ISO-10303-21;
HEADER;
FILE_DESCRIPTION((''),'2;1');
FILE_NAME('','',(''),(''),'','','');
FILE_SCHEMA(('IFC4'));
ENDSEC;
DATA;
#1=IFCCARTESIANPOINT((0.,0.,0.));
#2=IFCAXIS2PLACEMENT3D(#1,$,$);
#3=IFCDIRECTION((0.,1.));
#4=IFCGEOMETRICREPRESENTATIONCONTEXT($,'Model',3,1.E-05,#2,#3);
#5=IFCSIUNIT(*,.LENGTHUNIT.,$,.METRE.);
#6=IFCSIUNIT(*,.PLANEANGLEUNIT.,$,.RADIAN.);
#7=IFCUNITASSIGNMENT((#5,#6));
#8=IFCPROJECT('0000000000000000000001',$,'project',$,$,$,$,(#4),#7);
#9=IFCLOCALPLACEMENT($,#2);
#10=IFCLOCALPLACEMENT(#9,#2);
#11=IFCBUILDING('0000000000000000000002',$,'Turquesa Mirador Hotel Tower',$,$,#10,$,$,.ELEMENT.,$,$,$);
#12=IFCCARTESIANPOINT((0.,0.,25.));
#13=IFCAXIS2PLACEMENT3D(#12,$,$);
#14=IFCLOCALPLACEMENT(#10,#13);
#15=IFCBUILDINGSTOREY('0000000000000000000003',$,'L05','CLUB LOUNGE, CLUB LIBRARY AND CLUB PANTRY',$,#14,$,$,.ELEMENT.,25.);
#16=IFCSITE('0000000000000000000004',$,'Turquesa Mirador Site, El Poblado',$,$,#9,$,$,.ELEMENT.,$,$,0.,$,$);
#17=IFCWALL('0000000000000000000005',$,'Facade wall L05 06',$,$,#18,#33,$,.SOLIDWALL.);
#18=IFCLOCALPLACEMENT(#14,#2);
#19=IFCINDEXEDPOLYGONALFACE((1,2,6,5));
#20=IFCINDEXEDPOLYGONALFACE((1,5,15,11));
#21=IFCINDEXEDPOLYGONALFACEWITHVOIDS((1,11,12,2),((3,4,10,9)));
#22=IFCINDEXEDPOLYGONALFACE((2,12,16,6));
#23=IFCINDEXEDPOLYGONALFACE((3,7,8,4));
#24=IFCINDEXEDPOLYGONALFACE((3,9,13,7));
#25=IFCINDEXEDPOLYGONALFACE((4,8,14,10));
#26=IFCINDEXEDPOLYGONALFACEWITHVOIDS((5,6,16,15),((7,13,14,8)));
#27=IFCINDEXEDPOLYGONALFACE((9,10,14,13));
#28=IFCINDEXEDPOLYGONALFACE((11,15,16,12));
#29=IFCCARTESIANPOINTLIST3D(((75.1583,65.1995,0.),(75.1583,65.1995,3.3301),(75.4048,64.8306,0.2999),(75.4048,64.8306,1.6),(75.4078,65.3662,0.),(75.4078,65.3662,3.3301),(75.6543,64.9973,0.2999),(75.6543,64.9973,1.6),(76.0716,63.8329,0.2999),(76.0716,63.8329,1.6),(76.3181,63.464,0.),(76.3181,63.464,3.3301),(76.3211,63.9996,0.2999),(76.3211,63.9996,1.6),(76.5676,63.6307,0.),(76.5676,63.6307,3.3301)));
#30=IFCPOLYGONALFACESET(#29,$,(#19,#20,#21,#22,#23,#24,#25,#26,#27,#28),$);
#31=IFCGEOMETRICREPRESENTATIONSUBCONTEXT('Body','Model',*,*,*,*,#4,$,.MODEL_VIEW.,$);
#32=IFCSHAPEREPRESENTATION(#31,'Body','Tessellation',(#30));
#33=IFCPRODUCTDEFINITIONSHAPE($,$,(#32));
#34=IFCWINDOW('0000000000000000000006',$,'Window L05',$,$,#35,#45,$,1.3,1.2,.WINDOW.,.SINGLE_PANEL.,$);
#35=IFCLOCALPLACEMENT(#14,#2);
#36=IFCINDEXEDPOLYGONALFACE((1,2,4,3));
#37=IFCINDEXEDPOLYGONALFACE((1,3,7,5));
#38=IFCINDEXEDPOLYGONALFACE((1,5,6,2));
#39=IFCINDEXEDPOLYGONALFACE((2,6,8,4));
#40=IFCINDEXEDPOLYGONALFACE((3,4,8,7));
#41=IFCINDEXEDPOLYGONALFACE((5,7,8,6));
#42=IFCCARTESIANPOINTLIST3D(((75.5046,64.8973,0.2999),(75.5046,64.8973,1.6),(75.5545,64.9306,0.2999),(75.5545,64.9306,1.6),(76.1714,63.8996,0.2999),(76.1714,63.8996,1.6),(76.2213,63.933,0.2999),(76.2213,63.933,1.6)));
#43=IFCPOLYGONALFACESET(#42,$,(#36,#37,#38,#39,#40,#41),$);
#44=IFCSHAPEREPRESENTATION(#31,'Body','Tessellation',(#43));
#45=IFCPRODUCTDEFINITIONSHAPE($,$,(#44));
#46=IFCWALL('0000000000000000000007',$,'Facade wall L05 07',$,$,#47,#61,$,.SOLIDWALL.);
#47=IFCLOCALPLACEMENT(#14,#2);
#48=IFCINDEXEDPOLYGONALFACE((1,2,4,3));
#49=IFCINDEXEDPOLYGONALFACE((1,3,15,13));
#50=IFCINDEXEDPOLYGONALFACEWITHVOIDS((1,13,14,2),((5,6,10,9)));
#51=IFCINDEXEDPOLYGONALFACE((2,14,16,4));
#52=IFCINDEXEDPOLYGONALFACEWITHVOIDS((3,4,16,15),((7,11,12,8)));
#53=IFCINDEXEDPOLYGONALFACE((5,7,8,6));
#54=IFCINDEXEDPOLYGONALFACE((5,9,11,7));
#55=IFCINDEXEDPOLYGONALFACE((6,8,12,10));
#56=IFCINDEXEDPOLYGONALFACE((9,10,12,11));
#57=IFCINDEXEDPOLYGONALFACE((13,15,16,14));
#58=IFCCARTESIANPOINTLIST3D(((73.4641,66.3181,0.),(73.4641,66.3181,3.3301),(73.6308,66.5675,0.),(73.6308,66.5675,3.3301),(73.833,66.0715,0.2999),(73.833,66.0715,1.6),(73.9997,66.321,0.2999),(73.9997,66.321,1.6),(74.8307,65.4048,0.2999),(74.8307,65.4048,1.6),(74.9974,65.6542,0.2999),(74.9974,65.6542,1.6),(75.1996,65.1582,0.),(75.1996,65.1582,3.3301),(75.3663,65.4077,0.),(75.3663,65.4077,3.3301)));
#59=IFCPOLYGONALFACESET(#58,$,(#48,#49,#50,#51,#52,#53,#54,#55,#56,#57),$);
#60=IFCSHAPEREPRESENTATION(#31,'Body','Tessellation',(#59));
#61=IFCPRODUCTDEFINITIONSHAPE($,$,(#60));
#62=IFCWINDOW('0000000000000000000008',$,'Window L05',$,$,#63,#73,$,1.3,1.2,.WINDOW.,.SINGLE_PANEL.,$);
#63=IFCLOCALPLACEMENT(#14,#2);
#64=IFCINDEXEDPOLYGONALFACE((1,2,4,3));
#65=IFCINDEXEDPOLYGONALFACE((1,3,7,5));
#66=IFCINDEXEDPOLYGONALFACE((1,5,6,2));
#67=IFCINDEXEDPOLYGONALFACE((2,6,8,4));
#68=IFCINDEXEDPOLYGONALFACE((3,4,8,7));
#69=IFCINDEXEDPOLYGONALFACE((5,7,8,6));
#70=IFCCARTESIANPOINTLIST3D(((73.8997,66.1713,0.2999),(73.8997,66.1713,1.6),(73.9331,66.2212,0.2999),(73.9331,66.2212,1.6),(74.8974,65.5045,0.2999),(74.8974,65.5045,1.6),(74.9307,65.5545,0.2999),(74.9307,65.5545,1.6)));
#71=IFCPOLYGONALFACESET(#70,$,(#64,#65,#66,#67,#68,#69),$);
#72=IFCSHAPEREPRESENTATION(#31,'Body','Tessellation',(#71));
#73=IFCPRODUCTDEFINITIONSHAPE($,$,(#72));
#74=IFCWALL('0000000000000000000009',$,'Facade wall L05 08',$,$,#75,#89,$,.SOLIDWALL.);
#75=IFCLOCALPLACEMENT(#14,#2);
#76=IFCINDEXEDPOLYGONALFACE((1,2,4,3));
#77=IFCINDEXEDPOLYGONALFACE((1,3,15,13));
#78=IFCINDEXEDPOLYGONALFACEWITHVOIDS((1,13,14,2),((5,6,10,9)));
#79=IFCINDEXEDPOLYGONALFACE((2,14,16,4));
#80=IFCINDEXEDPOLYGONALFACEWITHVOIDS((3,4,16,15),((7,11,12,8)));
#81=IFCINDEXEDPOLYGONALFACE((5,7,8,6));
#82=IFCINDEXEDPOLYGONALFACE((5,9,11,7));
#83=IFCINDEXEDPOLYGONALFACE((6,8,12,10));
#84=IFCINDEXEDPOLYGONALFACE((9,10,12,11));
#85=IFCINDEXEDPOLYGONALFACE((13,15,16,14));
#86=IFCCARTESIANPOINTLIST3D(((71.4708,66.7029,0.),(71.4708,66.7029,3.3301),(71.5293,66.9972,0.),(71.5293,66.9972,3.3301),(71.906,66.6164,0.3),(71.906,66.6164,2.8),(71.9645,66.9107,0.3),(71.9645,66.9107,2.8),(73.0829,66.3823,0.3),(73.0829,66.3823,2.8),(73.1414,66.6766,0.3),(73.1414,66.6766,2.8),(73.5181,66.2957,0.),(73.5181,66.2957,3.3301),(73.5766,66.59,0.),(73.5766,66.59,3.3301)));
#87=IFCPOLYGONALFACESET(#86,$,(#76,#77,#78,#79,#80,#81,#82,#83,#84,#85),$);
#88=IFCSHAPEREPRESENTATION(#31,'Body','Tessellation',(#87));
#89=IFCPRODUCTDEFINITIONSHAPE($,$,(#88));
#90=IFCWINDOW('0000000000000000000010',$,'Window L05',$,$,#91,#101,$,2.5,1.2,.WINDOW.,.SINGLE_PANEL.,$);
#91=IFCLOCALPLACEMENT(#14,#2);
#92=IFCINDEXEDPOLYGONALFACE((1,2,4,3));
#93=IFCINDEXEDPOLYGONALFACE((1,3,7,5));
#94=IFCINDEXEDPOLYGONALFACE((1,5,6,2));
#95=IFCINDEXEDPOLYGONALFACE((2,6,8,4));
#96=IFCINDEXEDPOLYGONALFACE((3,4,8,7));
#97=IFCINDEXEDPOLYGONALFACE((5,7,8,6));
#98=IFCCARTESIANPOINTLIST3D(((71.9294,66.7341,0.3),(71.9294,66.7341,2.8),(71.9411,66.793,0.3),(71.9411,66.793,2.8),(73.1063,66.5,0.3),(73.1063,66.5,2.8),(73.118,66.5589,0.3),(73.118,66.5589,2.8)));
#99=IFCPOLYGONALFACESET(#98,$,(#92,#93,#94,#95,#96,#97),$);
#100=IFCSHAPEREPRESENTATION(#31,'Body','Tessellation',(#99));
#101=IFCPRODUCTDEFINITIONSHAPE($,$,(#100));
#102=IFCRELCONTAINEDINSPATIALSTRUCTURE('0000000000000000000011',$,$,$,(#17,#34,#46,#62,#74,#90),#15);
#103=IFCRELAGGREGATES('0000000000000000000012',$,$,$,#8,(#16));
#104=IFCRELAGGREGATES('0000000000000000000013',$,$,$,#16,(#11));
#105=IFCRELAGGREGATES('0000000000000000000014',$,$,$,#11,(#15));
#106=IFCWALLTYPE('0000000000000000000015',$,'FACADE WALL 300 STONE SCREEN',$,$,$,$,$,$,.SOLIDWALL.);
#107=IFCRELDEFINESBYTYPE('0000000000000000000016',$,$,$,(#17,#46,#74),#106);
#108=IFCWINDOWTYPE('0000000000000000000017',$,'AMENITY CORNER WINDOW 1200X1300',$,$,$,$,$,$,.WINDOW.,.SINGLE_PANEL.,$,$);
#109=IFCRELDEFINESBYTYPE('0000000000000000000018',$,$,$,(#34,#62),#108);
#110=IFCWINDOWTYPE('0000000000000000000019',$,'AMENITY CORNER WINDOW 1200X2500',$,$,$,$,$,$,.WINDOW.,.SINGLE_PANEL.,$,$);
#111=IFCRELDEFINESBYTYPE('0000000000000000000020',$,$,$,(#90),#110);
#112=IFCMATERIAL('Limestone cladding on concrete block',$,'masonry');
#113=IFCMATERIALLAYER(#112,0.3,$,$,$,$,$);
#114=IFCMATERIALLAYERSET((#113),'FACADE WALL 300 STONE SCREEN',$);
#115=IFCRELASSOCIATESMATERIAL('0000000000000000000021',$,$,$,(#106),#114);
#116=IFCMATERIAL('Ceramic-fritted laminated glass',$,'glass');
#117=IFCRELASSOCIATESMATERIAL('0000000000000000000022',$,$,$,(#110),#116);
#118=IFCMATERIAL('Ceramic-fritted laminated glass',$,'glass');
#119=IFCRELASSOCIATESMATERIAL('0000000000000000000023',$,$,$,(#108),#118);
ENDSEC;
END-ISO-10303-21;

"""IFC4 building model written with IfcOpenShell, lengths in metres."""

from ifc_helpers import new_model, si_unit, direction, frame, frame_2d, origin, place, context, subcontext, project, spatial, rectangle, extrude, material, layer, layer_set, type_object, element, fill, save


model = new_model("IFC4")

# Units and contexts
model_context = context("Model", 3, precision=1e-05, world=origin(), true_north=direction((0.0, 1.0)))
body_context = subcontext(model_context, "Body", "Model", "MODEL_VIEW")
ifc_project = project(units=[si_unit("LENGTHUNIT", "METRE"), si_unit("PLANEANGLEUNIT", "RADIAN")], contexts=[model_context])

# Site, building, storey
site_placement = place(None, origin())
site = spatial("IfcSite", under=ifc_project, at=site_placement, Name="Turquesa Mirador Site, El Poblado", CompositionType="ELEMENT", RefElevation=0.0)
building_placement = place(site_placement, origin())
building = spatial("IfcBuilding", under=site, at=building_placement, Name="Turquesa Mirador Hotel Tower", CompositionType="ELEMENT")
storey_placement = place(building_placement, frame((0.0, 0.0, 25.0)))
storey = spatial("IfcBuildingStorey", under=building, at=storey_placement, Name="L05", Description="CLUB LOUNGE, CLUB LIBRARY AND CLUB PANTRY", CompositionType="ELEMENT", Elevation=25.0)

# Walls, openings, windows
ifc_material_1 = material(Name="Limestone cladding on concrete block", Category="masonry")
ifc_layer = layer(ifc_material_1, 0.3)
ifc_layer_set = layer_set([ifc_layer], Name="FACADE WALL 300 STONE SCREEN")
wall_type = type_object("IfcWallType", Name="FACADE WALL 300 STONE SCREEN", PredefinedType="SOLIDWALL", material=ifc_layer_set)
ifc_material_2 = material(Name="Ceramic-fritted laminated glass", Category="glass")
window_type_1 = type_object("IfcWindowType", Name="AMENITY CORNER WINDOW 1200X2500", PartitioningType="SINGLE_PANEL", PredefinedType="WINDOW", material=ifc_material_2)
wall_1_placement = place(storey_placement, frame((76.4429, 63.5474, 0.0), z_axis=(0.0, 0.0, 1.0), x_axis=(-0.555644, 0.83142, 0.0)))
wall_1 = element("IfcWall", 1, at=wall_1_placement, inside=storey, type_object=wall_type, Name="Facade wall L05 06", PredefinedType="SOLIDWALL", context=body_context, shape_type="SweptSolid", body=[
    extrude(rectangle(XDim=2.0874, YDim=0.3, at=frame_2d((1.0437, 0.0))), origin(), (0.0, 0.0, 1.0), 3.3301),
])
opening_1_placement = place(wall_1_placement, frame((0.4436, 0.0, 0.3)))
opening_1 = element("IfcOpeningElement", 2, at=opening_1_placement, cuts=wall_1, PredefinedType="OPENING", context=body_context, shape_type="SweptSolid", body=[
    extrude(rectangle(XDim=1.2, YDim=1.3, at=frame_2d((0.6001, 0.6499))), frame((0.0, 0.1599, 0.0), z_axis=(0.0, -1.0, 0.0), x_axis=(1.0, 0.0, 0.0)), (0.0, 0.0, 1.0), 0.3201),
])
ifc_material_3 = material(Name="Ceramic-fritted laminated glass", Category="glass")
window_type_2 = type_object("IfcWindowType", Name="AMENITY CORNER WINDOW 1200X1300", PartitioningType="SINGLE_PANEL", PredefinedType="WINDOW", material=ifc_material_3)
window_1_placement = place(opening_1_placement, origin())
window_1 = element("IfcWindow", 3, at=window_1_placement, inside=storey, type_object=window_type_2, Name="Window L05", OverallHeight=1.3, OverallWidth=1.2, PartitioningType="SINGLE_PANEL", PredefinedType="WINDOW", context=body_context, shape_type="SweptSolid", body=[
    extrude(rectangle(XDim=1.2, YDim=1.3, at=frame_2d((0.6001, 0.6499))), frame((0.0, 0.03, 0.0), z_axis=(0.0, -1.0, 0.0), x_axis=(1.0, 0.0, 0.0)), (0.0, 0.0, 1.0), 0.0601),
])
fill(opening_1, window_1)
wall_2_placement = place(storey_placement, frame((75.283, 65.283, 0.0), z_axis=(0.0, 0.0, 1.0), x_axis=(-0.83142, 0.555644, 0.0)))
wall_2 = element("IfcWall", 4, at=wall_2_placement, inside=storey, type_object=wall_type, Name="Facade wall L05 07", PredefinedType="SOLIDWALL", context=body_context, shape_type="SweptSolid", body=[
    extrude(rectangle(XDim=2.0874, YDim=0.3, at=frame_2d((1.0437, 0.0))), origin(), (0.0, 0.0, 1.0), 3.3301),
])
opening_2_placement = place(wall_2_placement, frame((0.4436, 0.0, 0.3)))
opening_2 = element("IfcOpeningElement", 5, at=opening_2_placement, cuts=wall_2, PredefinedType="OPENING", context=body_context, shape_type="SweptSolid", body=[
    extrude(rectangle(XDim=1.2, YDim=1.3, at=frame_2d((0.6001, 0.6499))), frame((0.0, 0.1599, 0.0), z_axis=(0.0, -1.0, 0.0), x_axis=(1.0, 0.0, 0.0)), (0.0, 0.0, 1.0), 0.3201),
])
window_2_placement = place(opening_2_placement, origin())
window_2 = element("IfcWindow", 6, at=window_2_placement, inside=storey, type_object=window_type_2, Name="Window L05", OverallHeight=1.3, OverallWidth=1.2, PartitioningType="SINGLE_PANEL", PredefinedType="WINDOW", context=body_context, shape_type="SweptSolid", body=[
    extrude(rectangle(XDim=1.2, YDim=1.3, at=frame_2d((0.6001, 0.6499))), frame((0.0, 0.03, 0.0), z_axis=(0.0, -1.0, 0.0), x_axis=(1.0, 0.0, 0.0)), (0.0, 0.0, 1.0), 0.0601),
])
fill(opening_2, window_2)
wall_3_placement = place(storey_placement, frame((73.5474, 66.4429, 0.0), z_axis=(0.0, 0.0, 1.0), x_axis=(-0.980787, 0.195081, 0.0)))
wall_3 = element("IfcWall", 7, at=wall_3_placement, inside=storey, type_object=wall_type, Name="Facade wall L05 08", PredefinedType="SOLIDWALL", context=body_context, shape_type="SweptSolid", body=[
    extrude(rectangle(XDim=2.0874, YDim=0.3, at=frame_2d((1.0437, 0.0))), origin(), (0.0, 0.0, 1.0), 3.3301),
])
opening_3_placement = place(wall_3_placement, frame((0.4436, 0.0, 0.3)))
opening_3 = element("IfcOpeningElement", 8, at=opening_3_placement, cuts=wall_3, PredefinedType="OPENING", context=body_context, shape_type="SweptSolid", body=[
    extrude(rectangle(XDim=1.2, YDim=2.5, at=frame_2d((0.6001, 1.25))), frame((0.0, 0.1599, 0.0), z_axis=(0.0, -1.0, 0.0), x_axis=(1.0, 0.0, 0.0)), (0.0, 0.0, 1.0), 0.3201),
])
window_3_placement = place(opening_3_placement, origin())
window_3 = element("IfcWindow", 9, at=window_3_placement, inside=storey, type_object=window_type_1, Name="Window L05", OverallHeight=2.5, OverallWidth=1.2, PartitioningType="SINGLE_PANEL", PredefinedType="WINDOW", context=body_context, shape_type="SweptSolid", body=[
    extrude(rectangle(XDim=1.2, YDim=2.5, at=frame_2d((0.6001, 1.25))), frame((0.0, 0.03, 0.0), z_axis=(0.0, -1.0, 0.0), x_axis=(1.0, 0.0, 0.0)), (0.0, 0.0, 1.0), 0.0601),
])
fill(opening_3, window_3)

save(model, "model.ifc")
